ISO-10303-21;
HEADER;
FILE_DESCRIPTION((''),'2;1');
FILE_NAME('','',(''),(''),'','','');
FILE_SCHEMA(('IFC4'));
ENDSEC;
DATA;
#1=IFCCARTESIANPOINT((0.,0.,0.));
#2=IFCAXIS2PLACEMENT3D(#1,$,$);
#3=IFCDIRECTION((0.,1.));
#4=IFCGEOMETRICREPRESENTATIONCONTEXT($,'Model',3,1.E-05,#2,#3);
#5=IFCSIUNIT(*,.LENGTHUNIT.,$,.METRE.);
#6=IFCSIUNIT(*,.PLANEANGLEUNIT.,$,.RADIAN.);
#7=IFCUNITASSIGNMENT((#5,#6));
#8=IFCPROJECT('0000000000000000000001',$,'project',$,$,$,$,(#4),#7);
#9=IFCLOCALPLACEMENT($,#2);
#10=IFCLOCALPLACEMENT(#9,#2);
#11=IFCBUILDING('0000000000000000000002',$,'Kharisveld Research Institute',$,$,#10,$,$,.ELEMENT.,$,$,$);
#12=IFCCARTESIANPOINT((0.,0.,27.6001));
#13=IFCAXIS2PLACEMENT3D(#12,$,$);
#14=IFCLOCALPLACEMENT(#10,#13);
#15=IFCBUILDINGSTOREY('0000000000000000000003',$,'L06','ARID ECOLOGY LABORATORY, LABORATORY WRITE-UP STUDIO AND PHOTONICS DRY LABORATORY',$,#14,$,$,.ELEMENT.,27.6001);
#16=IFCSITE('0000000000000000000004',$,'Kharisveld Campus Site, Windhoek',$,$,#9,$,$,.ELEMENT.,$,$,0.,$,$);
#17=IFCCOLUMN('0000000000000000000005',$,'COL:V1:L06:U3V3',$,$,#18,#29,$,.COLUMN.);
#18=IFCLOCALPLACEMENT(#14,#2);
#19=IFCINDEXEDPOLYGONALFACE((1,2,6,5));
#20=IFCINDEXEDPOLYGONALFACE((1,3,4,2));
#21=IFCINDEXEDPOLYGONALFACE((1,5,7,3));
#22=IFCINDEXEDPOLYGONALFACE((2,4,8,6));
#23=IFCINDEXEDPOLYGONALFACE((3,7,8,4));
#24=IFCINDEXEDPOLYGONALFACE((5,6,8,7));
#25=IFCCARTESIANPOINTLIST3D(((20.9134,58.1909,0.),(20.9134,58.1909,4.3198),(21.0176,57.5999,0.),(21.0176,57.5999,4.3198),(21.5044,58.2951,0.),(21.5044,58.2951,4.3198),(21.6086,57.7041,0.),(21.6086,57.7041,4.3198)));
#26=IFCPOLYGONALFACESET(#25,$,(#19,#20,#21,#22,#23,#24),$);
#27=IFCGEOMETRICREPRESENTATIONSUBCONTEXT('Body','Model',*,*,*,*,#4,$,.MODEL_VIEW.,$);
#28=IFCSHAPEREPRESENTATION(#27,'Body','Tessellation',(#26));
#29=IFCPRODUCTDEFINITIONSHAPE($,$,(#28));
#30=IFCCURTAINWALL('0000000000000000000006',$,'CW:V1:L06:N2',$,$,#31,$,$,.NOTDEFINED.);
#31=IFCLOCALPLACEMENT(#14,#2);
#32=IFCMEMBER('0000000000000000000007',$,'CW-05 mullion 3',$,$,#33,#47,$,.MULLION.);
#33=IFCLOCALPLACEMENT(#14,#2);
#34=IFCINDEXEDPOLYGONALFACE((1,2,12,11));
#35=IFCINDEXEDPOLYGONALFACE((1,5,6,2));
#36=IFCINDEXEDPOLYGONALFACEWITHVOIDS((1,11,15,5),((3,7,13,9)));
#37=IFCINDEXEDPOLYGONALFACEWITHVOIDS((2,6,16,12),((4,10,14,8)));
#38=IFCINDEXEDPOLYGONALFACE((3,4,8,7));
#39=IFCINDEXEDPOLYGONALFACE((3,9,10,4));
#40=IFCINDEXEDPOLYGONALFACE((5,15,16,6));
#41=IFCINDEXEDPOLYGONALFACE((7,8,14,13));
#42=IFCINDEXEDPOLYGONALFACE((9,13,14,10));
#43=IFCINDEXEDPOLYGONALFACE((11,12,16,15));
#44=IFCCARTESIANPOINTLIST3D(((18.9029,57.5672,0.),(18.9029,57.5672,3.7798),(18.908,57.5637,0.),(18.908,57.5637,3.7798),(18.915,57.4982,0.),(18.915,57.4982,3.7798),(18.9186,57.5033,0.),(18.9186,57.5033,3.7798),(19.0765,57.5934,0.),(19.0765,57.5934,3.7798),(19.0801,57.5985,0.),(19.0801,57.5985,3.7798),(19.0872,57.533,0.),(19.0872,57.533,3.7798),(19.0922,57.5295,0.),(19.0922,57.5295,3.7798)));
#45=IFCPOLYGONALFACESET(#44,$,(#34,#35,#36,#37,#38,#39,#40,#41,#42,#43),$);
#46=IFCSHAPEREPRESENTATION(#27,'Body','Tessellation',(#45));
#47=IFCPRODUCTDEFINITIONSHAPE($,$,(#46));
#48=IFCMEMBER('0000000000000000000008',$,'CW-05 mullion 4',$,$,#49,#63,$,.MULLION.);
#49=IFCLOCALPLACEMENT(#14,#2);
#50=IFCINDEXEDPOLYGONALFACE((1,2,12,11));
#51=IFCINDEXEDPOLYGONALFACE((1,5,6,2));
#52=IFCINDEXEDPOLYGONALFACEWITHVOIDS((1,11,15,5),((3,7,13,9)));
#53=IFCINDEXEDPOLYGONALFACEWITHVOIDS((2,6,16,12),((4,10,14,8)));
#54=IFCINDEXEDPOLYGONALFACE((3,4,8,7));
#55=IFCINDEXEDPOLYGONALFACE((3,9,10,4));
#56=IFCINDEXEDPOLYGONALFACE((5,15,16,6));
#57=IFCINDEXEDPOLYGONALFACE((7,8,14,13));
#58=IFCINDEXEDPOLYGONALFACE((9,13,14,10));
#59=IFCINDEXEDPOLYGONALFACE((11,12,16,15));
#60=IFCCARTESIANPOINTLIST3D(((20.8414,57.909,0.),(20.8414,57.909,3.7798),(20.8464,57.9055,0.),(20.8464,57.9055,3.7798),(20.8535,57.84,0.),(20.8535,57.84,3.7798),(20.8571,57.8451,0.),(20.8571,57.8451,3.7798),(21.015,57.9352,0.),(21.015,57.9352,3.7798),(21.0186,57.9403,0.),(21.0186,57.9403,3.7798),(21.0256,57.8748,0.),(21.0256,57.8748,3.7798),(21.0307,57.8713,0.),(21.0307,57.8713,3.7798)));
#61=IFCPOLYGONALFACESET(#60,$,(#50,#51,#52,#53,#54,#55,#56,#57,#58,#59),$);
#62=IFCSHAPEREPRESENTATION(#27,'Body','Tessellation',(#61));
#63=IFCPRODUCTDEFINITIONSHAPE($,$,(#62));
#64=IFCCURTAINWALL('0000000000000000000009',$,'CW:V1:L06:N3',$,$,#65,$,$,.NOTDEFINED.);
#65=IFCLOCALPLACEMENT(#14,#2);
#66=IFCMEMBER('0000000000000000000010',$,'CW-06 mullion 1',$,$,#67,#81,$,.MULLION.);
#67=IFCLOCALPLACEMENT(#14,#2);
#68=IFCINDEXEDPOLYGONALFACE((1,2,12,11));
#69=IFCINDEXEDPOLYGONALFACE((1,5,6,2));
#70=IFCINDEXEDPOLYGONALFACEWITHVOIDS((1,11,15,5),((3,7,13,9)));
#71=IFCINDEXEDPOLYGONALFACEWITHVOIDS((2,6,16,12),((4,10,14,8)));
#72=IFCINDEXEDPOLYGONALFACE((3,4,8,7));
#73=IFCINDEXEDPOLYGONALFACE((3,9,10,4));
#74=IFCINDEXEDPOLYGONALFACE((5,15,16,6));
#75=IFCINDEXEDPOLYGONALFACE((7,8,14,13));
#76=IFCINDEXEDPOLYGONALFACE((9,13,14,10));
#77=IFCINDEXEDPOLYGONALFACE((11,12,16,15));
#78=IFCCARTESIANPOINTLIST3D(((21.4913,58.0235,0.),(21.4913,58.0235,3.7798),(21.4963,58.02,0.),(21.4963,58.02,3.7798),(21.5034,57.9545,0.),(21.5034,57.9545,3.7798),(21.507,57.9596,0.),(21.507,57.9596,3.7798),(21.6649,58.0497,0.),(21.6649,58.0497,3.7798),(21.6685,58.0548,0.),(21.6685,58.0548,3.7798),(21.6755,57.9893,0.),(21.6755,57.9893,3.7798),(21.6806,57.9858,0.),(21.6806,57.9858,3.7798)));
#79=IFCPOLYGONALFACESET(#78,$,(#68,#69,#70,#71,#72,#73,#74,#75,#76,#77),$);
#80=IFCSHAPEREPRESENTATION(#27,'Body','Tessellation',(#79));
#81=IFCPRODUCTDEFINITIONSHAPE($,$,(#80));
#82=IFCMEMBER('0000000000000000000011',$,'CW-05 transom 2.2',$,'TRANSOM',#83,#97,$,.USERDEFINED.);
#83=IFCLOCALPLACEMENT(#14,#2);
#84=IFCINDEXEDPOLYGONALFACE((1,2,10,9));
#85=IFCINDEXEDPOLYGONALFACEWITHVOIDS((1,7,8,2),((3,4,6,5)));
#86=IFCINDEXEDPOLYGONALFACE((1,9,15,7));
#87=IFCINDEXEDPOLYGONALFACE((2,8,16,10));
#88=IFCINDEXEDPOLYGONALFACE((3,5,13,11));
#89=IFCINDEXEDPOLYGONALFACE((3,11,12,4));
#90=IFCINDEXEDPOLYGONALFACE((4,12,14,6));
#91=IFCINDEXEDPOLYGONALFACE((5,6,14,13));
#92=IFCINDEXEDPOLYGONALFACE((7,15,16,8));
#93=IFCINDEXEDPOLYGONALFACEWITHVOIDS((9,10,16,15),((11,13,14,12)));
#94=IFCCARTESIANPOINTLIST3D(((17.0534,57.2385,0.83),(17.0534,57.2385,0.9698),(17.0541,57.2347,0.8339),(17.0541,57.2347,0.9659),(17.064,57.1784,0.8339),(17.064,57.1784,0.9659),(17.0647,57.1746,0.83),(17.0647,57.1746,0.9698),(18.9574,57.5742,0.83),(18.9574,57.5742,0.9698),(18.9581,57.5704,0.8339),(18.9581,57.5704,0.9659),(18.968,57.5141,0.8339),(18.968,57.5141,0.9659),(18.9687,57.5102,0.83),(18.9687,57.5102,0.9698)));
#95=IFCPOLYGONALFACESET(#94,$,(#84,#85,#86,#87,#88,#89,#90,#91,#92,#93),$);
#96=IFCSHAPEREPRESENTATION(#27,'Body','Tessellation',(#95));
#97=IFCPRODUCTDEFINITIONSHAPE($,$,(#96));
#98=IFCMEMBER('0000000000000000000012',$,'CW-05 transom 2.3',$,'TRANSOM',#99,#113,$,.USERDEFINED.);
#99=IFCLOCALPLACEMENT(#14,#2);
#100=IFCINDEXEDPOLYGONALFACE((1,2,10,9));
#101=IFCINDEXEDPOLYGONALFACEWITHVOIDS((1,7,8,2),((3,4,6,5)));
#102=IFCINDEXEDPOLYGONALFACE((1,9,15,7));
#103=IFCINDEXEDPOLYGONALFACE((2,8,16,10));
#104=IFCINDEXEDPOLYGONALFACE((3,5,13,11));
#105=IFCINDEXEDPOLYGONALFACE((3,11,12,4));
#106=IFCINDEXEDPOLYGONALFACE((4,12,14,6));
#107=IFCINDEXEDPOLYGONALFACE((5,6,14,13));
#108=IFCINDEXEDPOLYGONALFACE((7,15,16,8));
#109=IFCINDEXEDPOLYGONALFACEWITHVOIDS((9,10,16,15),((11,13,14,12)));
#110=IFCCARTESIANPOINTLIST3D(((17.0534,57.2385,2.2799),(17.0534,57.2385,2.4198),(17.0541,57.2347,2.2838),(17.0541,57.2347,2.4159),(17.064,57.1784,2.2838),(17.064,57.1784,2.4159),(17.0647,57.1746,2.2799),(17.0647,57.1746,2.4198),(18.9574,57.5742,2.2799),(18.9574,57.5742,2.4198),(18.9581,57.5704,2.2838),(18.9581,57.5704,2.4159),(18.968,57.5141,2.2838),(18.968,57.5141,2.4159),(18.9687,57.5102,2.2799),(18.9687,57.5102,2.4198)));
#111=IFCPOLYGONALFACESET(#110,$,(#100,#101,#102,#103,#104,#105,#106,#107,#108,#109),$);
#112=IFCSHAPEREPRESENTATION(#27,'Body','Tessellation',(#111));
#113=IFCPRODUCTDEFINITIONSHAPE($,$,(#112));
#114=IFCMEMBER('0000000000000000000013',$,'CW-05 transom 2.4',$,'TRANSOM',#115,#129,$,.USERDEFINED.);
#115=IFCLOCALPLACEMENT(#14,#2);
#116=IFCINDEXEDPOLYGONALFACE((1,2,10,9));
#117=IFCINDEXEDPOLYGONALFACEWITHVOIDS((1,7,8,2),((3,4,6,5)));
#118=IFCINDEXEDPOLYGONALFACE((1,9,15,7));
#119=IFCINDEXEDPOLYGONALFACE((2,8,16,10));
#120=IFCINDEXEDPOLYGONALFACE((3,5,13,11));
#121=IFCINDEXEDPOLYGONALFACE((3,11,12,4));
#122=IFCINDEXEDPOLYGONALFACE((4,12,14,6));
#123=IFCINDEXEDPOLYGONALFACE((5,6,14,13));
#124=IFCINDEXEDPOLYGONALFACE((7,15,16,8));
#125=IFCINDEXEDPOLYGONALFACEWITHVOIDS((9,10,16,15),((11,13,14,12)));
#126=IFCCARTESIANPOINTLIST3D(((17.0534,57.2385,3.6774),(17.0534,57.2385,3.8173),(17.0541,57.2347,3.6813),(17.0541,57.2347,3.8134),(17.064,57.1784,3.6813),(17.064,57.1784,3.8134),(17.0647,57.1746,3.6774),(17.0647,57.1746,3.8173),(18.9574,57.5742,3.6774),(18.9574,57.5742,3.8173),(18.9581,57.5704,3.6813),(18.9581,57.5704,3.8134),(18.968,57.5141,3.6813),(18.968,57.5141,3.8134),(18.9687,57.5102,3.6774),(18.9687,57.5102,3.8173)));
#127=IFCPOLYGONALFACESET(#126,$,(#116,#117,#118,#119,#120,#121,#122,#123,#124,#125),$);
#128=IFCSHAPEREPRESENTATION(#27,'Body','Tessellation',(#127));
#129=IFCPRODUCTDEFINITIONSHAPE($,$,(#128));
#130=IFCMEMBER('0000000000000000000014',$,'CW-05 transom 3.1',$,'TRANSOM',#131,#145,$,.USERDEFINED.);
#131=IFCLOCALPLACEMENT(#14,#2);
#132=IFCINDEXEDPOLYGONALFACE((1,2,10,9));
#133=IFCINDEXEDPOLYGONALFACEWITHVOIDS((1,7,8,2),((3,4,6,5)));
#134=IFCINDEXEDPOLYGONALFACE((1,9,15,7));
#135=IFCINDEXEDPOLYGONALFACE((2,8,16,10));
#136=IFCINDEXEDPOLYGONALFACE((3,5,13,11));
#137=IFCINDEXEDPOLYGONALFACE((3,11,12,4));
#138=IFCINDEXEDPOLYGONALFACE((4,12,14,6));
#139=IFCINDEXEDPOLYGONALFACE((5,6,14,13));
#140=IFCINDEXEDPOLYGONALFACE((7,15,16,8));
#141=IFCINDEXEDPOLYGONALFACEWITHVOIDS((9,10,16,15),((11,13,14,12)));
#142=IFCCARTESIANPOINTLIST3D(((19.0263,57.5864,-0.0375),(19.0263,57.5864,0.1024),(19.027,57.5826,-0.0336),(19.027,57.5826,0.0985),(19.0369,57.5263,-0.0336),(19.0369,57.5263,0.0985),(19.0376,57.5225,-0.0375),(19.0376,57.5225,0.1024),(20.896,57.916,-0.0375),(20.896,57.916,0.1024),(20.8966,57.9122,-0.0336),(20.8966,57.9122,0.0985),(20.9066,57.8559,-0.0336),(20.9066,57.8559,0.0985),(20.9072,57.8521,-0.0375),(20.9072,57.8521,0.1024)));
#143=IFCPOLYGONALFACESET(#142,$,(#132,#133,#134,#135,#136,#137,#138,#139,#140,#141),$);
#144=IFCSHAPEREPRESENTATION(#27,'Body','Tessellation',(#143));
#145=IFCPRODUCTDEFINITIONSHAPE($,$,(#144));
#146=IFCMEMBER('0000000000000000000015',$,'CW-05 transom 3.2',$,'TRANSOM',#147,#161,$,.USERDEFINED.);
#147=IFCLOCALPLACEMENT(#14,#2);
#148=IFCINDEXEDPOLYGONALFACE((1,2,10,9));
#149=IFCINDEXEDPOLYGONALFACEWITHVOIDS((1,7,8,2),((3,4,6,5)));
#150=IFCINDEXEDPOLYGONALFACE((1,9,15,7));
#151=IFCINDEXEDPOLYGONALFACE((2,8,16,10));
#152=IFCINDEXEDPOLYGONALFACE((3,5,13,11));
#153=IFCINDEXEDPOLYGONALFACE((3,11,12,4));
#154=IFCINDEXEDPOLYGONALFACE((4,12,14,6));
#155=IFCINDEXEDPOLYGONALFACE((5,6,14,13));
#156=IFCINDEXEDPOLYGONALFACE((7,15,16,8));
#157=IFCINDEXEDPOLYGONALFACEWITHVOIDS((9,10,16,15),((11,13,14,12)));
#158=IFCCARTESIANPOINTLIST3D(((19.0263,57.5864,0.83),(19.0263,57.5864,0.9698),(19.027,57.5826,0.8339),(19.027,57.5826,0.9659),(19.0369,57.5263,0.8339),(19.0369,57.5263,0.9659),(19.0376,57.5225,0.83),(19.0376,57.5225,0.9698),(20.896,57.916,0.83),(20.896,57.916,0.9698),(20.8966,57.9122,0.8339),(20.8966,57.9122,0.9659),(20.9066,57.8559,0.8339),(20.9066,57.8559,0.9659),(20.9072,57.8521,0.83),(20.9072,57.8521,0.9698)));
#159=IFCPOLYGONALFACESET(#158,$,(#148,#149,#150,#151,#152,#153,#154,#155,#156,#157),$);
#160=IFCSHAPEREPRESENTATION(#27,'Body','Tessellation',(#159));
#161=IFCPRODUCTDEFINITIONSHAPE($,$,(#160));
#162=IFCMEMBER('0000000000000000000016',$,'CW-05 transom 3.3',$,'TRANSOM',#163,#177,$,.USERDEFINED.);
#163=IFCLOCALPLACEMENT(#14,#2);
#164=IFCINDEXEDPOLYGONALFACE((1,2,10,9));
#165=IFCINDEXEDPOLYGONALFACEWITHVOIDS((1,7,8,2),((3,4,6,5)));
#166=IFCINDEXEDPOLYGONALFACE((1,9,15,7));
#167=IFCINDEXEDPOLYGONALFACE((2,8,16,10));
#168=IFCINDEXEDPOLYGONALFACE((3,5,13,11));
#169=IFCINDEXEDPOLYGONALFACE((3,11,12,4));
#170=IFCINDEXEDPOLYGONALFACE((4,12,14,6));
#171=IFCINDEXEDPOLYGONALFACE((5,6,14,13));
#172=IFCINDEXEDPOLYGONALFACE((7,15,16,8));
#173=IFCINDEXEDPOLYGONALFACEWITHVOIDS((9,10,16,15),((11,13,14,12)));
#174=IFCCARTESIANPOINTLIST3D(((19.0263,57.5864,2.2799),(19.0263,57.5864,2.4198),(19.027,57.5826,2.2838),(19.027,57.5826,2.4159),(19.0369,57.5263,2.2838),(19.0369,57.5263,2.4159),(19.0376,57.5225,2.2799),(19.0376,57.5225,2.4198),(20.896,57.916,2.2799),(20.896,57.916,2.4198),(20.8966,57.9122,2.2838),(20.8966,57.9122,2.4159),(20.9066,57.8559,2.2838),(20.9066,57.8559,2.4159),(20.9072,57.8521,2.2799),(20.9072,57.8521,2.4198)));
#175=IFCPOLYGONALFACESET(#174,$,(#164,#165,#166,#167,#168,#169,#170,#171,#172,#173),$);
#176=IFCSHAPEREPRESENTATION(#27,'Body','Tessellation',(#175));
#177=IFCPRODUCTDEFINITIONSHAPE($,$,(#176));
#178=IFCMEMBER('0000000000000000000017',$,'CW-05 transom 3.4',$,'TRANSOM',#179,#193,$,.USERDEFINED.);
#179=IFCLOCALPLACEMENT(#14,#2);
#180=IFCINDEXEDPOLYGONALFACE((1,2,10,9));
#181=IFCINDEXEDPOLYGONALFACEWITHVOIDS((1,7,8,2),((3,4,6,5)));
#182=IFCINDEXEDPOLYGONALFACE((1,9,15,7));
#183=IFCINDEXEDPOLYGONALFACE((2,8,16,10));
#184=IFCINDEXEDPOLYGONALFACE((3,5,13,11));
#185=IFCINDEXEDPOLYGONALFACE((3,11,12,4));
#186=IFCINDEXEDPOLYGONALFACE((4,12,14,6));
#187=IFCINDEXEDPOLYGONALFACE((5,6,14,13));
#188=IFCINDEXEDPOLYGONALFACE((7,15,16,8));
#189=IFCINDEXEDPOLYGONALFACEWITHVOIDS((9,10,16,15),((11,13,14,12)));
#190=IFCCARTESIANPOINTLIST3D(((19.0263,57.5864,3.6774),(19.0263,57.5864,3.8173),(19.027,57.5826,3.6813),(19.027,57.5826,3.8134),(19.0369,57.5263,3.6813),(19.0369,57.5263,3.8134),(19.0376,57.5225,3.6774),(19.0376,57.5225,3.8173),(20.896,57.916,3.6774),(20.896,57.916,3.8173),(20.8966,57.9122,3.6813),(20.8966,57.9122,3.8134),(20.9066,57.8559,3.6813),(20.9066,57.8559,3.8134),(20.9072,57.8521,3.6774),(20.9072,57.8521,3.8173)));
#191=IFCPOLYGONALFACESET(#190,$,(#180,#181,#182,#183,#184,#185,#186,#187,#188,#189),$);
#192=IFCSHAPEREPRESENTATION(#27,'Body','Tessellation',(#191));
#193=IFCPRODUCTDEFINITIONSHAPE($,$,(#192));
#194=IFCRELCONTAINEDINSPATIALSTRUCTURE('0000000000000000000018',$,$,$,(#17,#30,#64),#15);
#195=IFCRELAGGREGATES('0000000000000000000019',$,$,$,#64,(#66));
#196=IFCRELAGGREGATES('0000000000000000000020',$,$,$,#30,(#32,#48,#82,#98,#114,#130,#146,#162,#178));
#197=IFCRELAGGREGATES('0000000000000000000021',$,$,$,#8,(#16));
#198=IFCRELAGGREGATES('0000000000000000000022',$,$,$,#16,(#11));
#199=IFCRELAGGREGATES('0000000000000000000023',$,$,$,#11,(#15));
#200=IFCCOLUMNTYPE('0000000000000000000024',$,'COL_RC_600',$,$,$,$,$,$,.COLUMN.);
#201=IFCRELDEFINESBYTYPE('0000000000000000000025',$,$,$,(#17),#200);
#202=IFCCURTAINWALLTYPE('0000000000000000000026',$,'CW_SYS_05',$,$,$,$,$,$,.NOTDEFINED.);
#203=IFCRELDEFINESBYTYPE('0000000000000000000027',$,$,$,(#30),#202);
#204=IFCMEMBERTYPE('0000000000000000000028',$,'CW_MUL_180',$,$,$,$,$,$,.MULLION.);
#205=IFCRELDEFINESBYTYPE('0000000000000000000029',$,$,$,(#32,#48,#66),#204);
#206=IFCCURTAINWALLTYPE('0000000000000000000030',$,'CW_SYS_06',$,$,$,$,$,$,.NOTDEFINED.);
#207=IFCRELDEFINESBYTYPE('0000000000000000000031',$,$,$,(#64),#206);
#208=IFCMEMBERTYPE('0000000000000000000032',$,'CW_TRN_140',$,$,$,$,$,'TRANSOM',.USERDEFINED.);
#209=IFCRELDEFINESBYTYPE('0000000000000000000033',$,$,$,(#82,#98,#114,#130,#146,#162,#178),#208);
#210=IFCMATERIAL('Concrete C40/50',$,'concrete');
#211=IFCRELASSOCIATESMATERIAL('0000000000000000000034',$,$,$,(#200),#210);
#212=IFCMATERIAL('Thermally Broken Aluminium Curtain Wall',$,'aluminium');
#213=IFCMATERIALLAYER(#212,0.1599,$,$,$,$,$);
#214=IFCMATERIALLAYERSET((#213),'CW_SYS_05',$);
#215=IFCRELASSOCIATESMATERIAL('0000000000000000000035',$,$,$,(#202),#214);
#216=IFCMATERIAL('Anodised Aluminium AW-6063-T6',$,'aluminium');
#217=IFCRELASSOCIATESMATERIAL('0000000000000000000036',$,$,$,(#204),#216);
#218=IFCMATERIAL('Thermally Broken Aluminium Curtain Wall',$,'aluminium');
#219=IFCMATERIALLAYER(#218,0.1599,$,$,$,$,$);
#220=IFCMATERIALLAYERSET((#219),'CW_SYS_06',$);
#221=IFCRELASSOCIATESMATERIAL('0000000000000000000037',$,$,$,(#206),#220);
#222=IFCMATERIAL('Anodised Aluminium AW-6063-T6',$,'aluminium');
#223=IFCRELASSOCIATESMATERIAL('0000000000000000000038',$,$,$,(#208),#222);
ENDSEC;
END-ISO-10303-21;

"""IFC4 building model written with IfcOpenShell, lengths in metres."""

from ifc_helpers import new_model, si_unit, direction, frame, origin, origin_2d, place, context, subcontext, project, spatial, rectangle, hollow_rectangle, extrude, material, layer, layer_set, material_profile, profile_set, type_object, element, aggregate, save


model = new_model("IFC4")

# Units and contexts
model_context = context("Model", 3, precision=1e-05, world=origin(), true_north=direction((0.0, 1.0)))
body_context = subcontext(model_context, "Body", "Model", "MODEL_VIEW")
ifc_project = project(units=[si_unit("LENGTHUNIT", "METRE"), si_unit("PLANEANGLEUNIT", "RADIAN")], contexts=[model_context])

# Site, building, storey
site_placement = place(None, origin())
site = spatial("IfcSite", under=ifc_project, at=site_placement, Name="Kharisveld Campus Site, Windhoek", CompositionType="ELEMENT", RefElevation=0.0)
building_placement = place(site_placement, origin())
building = spatial("IfcBuilding", under=site, at=building_placement, Name="Kharisveld Research Institute", CompositionType="ELEMENT")
storey_placement = place(building_placement, frame((0.0, 0.0, 27.6001)))
storey = spatial("IfcBuildingStorey", under=building, at=storey_placement, Name="L06", Description="ARID ECOLOGY LABORATORY, LABORATORY WRITE-UP STUDIO AND PHOTONICS DRY LABORATORY", CompositionType="ELEMENT", Elevation=27.6001)

# Column
ifc_material_1 = material(Name="Concrete C40/50", Category="concrete")
ifc_material_profile_1 = material_profile(ifc_material_1, rectangle(XDim=0.6001, YDim=0.6001, at=origin_2d()))
ifc_profile_set_1 = profile_set([ifc_material_profile_1], Name="Concrete C40/50")
column_type = type_object("IfcColumnType", Name="COL_RC_600", PredefinedType="COLUMN", material=ifc_profile_set_1)
column_placement = place(storey_placement, frame((21.261, 57.9475, 0.0), z_axis=(0.0, 0.0, 1.0), x_axis=(0.984808, 0.173648, 0.0)))
element("IfcColumn", 1, at=column_placement, inside=storey, type_object=column_type, Name="COL:V1:L06:U3V3", PredefinedType="COLUMN", context=body_context, shape_type="SweptSolid", body=[
    extrude(rectangle(XDim=0.6001, YDim=0.6001, at=origin_2d()), origin(), (0.0, 0.0, 1.0), 4.3198),
])

# Curtain wall, members
ifc_material_2 = material(Name="Thermally Broken Aluminium Curtain Wall", Category="aluminium")
ifc_layer_1 = layer(ifc_material_2, 0.1599)
ifc_layer_set_1 = layer_set([ifc_layer_1], Name="CW_SYS_05")
curtain_wall_type_1 = type_object("IfcCurtainWallType", Name="CW_SYS_05", PredefinedType="NOTDEFINED", material=ifc_layer_set_1)
curtain_wall_1_placement = place(storey_placement, origin())
curtain_wall_1 = element("IfcCurtainWall", 2, at=curtain_wall_1_placement, inside=storey, type_object=curtain_wall_type_1, Name="CW:V1:L06:N2", PredefinedType="NOTDEFINED")
ifc_material_3 = material(Name="Anodised Aluminium AW-6063-T6", Category="aluminium")
ifc_material_profile_2 = material_profile(ifc_material_3, hollow_rectangle(XDim=0.0701, YDim=0.1799, WallThickness=0.0044, at=origin_2d()))
ifc_profile_set_2 = profile_set([ifc_material_profile_2], Name="Anodised Aluminium AW-6063-T6")
member_type_1 = type_object("IfcMemberType", Name="CW_MUL_180", PredefinedType="MULLION", material=ifc_profile_set_2)
member_1_placement = place(storey_placement, frame((18.9976, 57.5483, 0.0), z_axis=(0.0, 0.0, 1.0), x_axis=(-0.173648, 0.984808, 0.0)))
member_1 = element("IfcMember", 3, at=member_1_placement, type_object=member_type_1, Name="CW-05 mullion 3", PredefinedType="MULLION", context=body_context, shape_type="SweptSolid", body=[
    extrude(hollow_rectangle(XDim=0.0701, YDim=0.1799, WallThickness=0.0044, at=origin_2d()), origin(), (0.0, 0.0, 1.0), 3.7798),
])
member_2_placement = place(storey_placement, frame((20.936, 57.8901, 0.0), z_axis=(0.0, 0.0, 1.0), x_axis=(-0.173648, 0.984808, 0.0)))
member_2 = element("IfcMember", 4, at=member_2_placement, type_object=member_type_1, Name="CW-05 mullion 4", PredefinedType="MULLION", context=body_context, shape_type="SweptSolid", body=[
    extrude(hollow_rectangle(XDim=0.0701, YDim=0.1799, WallThickness=0.0044, at=origin_2d()), origin(), (0.0, 0.0, 1.0), 3.7798),
])

# Curtain wall, member
ifc_material_4 = material(Name="Thermally Broken Aluminium Curtain Wall", Category="aluminium")
ifc_layer_2 = layer(ifc_material_4, 0.1599)
ifc_layer_set_2 = layer_set([ifc_layer_2], Name="CW_SYS_06")
curtain_wall_type_2 = type_object("IfcCurtainWallType", Name="CW_SYS_06", PredefinedType="NOTDEFINED", material=ifc_layer_set_2)
curtain_wall_2_placement = place(storey_placement, origin())
curtain_wall_2 = element("IfcCurtainWall", 5, at=curtain_wall_2_placement, inside=storey, type_object=curtain_wall_type_2, Name="CW:V1:L06:N3", PredefinedType="NOTDEFINED")
member_3_placement = place(storey_placement, frame((21.5859, 58.0046, 0.0), z_axis=(0.0, 0.0, 1.0), x_axis=(-0.173648, 0.984808, 0.0)))
member_3 = element("IfcMember", 6, at=member_3_placement, type_object=member_type_1, Name="CW-06 mullion 1", PredefinedType="MULLION", context=body_context, shape_type="SweptSolid", body=[
    extrude(hollow_rectangle(XDim=0.0701, YDim=0.1799, WallThickness=0.0044, at=origin_2d()), origin(), (0.0, 0.0, 1.0), 3.7798),
])

# Members
ifc_material_5 = material(Name="Anodised Aluminium AW-6063-T6", Category="aluminium")
ifc_material_profile_3 = material_profile(ifc_material_5, hollow_rectangle(XDim=0.0649, YDim=0.1399, WallThickness=0.0039, at=origin_2d()))
ifc_profile_set_3 = profile_set([ifc_material_profile_3], Name="Anodised Aluminium AW-6063-T6")
member_type_2 = type_object("IfcMemberType", Name="CW_TRN_140", ElementType="TRANSOM", PredefinedType="USERDEFINED", material=ifc_profile_set_3)
member_4_placement = place(storey_placement, frame((17.0591, 57.2065, 0.8999), z_axis=(0.984812, 0.173627, 0.0), x_axis=(-0.173627, 0.984812, 0.0)))
member_4 = element("IfcMember", 7, at=member_4_placement, type_object=member_type_2, Name="CW-05 transom 2.2", ObjectType="TRANSOM", PredefinedType="USERDEFINED", context=body_context, shape_type="SweptSolid", body=[
    extrude(hollow_rectangle(XDim=0.0649, YDim=0.1399, WallThickness=0.0039, at=origin_2d()), origin(), (0.0, 0.0, 1.0), 1.9333),
])
member_5_placement = place(storey_placement, frame((17.0591, 57.2065, 2.3499), z_axis=(0.984812, 0.173627, 0.0), x_axis=(-0.173627, 0.984812, 0.0)))
member_5 = element("IfcMember", 8, at=member_5_placement, type_object=member_type_2, Name="CW-05 transom 2.3", ObjectType="TRANSOM", PredefinedType="USERDEFINED", context=body_context, shape_type="SweptSolid", body=[
    extrude(hollow_rectangle(XDim=0.0649, YDim=0.1399, WallThickness=0.0039, at=origin_2d()), origin(), (0.0, 0.0, 1.0), 1.9333),
])
member_6_placement = place(storey_placement, frame((17.0591, 57.2065, 3.7473), z_axis=(0.984812, 0.173627, 0.0), x_axis=(-0.173627, 0.984812, 0.0)))
member_6 = element("IfcMember", 9, at=member_6_placement, type_object=member_type_2, Name="CW-05 transom 2.4", ObjectType="TRANSOM", PredefinedType="USERDEFINED", context=body_context, shape_type="SweptSolid", body=[
    extrude(hollow_rectangle(XDim=0.0649, YDim=0.1399, WallThickness=0.0039, at=origin_2d()), origin(), (0.0, 0.0, 1.0), 1.9333),
])
member_7_placement = place(storey_placement, frame((19.032, 57.5544, 0.0325), z_axis=(0.984815, 0.173609, 0.0), x_axis=(-0.173609, 0.984815, 0.0)))
member_7 = element("IfcMember", 10, at=member_7_placement, type_object=member_type_2, Name="CW-05 transom 3.1", ObjectType="TRANSOM", PredefinedType="USERDEFINED", context=body_context, shape_type="SweptSolid", body=[
    extrude(hollow_rectangle(XDim=0.0649, YDim=0.1399, WallThickness=0.0039, at=origin_2d()), origin(), (0.0, 0.0, 1.0), 1.8984),
])
member_8_placement = place(storey_placement, frame((19.032, 57.5544, 0.8999), z_axis=(0.984815, 0.173609, 0.0), x_axis=(-0.173609, 0.984815, 0.0)))
member_8 = element("IfcMember", 11, at=member_8_placement, type_object=member_type_2, Name="CW-05 transom 3.2", ObjectType="TRANSOM", PredefinedType="USERDEFINED", context=body_context, shape_type="SweptSolid", body=[
    extrude(hollow_rectangle(XDim=0.0649, YDim=0.1399, WallThickness=0.0039, at=origin_2d()), origin(), (0.0, 0.0, 1.0), 1.8984),
])
member_9_placement = place(storey_placement, frame((19.032, 57.5544, 2.3499), z_axis=(0.984815, 0.173609, 0.0), x_axis=(-0.173609, 0.984815, 0.0)))
member_9 = element("IfcMember", 12, at=member_9_placement, type_object=member_type_2, Name="CW-05 transom 3.3", ObjectType="TRANSOM", PredefinedType="USERDEFINED", context=body_context, shape_type="SweptSolid", body=[
    extrude(hollow_rectangle(XDim=0.0649, YDim=0.1399, WallThickness=0.0039, at=origin_2d()), origin(), (0.0, 0.0, 1.0), 1.8984),
])
member_10_placement = place(storey_placement, frame((19.032, 57.5544, 3.7473), z_axis=(0.984815, 0.173609, 0.0), x_axis=(-0.173609, 0.984815, 0.0)))
member_10 = element("IfcMember", 13, at=member_10_placement, type_object=member_type_2, Name="CW-05 transom 3.4", ObjectType="TRANSOM", PredefinedType="USERDEFINED", context=body_context, shape_type="SweptSolid", body=[
    extrude(hollow_rectangle(XDim=0.0649, YDim=0.1399, WallThickness=0.0039, at=origin_2d()), origin(), (0.0, 0.0, 1.0), 1.8984),
])
aggregate(curtain_wall_2, [member_3])

aggregate(curtain_wall_1, [member_1, member_2, member_4, member_5, member_6, member_7, member_8, member_9, member_10])

save(model, "model.ifc")
